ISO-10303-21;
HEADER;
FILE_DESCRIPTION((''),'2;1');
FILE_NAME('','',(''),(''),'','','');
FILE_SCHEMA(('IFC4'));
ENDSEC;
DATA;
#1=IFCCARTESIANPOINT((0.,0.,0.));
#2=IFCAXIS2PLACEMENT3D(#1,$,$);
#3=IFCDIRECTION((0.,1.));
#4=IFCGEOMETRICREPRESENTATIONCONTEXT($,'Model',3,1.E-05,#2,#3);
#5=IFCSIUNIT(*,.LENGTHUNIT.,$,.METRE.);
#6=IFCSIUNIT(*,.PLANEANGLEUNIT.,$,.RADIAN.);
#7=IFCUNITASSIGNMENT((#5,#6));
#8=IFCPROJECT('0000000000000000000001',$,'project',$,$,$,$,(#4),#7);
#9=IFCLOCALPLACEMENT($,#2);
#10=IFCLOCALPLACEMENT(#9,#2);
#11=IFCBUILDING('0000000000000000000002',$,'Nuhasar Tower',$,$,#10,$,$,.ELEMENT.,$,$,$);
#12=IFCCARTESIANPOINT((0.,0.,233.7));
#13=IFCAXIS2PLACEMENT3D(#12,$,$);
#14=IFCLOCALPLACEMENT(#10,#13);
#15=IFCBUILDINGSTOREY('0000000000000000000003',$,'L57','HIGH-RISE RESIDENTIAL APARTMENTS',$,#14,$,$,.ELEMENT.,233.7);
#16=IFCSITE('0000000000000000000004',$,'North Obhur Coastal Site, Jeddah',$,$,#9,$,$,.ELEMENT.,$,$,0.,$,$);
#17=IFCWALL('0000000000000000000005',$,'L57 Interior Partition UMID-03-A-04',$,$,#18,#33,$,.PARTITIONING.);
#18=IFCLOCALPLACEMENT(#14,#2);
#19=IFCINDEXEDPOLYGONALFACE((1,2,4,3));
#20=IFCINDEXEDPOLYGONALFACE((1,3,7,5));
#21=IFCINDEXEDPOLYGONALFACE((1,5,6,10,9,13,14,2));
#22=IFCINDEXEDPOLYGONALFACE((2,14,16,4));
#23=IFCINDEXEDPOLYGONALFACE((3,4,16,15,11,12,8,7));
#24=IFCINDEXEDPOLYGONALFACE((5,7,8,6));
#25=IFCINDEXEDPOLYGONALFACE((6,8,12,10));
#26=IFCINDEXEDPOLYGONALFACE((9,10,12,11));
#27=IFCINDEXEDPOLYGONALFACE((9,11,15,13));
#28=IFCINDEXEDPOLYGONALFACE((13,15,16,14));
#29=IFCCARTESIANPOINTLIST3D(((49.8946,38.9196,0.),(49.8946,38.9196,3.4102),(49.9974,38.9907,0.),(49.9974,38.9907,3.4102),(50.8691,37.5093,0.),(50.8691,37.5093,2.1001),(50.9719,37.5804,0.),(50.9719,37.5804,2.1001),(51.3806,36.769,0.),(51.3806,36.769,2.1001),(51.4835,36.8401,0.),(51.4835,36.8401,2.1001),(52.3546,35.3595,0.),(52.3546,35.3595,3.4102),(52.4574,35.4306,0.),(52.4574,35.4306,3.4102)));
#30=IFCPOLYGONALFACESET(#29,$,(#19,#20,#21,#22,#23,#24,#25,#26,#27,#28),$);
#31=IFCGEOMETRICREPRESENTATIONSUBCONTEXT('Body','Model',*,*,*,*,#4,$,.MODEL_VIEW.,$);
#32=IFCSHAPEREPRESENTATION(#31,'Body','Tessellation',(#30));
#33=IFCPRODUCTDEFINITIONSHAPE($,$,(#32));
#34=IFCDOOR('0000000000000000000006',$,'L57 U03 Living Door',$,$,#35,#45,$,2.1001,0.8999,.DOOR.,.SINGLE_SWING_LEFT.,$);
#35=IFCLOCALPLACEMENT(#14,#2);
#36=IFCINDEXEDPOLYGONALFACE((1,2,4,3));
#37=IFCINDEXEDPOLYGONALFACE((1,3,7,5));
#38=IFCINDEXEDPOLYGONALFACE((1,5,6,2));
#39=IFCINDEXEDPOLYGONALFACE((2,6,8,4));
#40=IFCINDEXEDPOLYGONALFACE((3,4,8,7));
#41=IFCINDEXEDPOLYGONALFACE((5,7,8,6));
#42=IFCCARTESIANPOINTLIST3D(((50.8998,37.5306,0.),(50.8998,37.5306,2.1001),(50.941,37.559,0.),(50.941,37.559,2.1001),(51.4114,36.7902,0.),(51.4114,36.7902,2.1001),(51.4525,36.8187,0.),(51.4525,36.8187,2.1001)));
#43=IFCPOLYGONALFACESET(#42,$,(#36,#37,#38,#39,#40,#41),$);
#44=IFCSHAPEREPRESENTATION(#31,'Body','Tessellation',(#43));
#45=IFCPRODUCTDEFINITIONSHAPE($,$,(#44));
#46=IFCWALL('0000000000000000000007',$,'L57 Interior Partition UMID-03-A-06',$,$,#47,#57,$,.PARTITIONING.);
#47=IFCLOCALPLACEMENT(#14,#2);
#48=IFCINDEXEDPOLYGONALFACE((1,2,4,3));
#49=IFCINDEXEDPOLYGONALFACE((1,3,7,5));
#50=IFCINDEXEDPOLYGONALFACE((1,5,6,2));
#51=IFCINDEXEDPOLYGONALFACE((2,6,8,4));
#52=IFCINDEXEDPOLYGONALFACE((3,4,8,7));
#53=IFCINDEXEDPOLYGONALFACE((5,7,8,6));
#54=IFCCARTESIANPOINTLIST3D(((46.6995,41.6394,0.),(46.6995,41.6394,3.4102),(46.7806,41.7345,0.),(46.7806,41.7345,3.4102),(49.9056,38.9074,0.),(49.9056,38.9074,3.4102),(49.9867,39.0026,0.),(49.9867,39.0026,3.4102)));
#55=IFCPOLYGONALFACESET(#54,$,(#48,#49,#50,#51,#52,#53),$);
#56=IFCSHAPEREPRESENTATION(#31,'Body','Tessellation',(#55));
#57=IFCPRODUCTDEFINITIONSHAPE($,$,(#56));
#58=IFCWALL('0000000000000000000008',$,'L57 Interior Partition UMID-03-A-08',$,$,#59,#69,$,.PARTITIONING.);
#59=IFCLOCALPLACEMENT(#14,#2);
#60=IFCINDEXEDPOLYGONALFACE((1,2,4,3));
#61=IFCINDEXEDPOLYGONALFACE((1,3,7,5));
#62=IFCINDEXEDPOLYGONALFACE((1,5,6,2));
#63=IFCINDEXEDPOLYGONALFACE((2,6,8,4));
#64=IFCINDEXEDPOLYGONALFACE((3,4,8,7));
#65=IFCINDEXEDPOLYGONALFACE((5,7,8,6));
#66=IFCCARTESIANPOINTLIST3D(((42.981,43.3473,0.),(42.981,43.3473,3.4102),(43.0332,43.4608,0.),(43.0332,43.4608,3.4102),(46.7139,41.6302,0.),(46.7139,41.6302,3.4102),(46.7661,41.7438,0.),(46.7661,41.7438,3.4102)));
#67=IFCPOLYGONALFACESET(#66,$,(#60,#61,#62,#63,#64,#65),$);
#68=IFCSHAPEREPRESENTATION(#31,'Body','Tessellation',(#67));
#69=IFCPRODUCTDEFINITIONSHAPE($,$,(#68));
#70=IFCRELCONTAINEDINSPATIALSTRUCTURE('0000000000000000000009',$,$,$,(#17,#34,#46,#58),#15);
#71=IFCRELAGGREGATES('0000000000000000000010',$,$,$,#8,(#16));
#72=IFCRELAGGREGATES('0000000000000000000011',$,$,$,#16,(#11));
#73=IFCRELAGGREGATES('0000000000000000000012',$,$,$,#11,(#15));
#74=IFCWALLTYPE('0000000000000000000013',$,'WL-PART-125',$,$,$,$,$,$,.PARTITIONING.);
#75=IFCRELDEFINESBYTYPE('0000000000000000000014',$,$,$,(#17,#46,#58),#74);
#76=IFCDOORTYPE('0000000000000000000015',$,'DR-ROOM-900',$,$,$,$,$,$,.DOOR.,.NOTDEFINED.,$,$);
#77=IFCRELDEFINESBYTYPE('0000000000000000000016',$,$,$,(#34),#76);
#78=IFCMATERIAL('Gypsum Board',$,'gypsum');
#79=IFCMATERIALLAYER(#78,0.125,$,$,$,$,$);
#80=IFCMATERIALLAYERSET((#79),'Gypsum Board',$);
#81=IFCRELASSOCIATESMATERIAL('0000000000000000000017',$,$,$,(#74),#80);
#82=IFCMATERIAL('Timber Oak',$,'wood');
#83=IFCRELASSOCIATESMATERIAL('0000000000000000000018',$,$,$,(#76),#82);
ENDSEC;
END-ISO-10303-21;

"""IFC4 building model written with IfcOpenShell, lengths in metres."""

from ifc_helpers import new_model, si_unit, direction, frame, frame_2d, origin, place, context, subcontext, project, spatial, rectangle, extrude, material, layer, layer_set, type_object, element, fill, save


model = new_model("IFC4")

# Units and contexts
model_context = context("Model", 3, precision=1e-05, world=origin(), true_north=direction((0.0, 1.0)))
body_context = subcontext(model_context, "Body", "Model", "MODEL_VIEW")
ifc_project = project(units=[si_unit("LENGTHUNIT", "METRE"), si_unit("PLANEANGLEUNIT", "RADIAN")], contexts=[model_context])

# Site, building, storey
site_placement = place(None, origin())
site = spatial("IfcSite", under=ifc_project, at=site_placement, Name="North Obhur Coastal Site, Jeddah", CompositionType="ELEMENT", RefElevation=0.0)
building_placement = place(site_placement, origin())
building = spatial("IfcBuilding", under=site, at=building_placement, Name="Nuhasar Tower", CompositionType="ELEMENT")
storey_placement = place(building_placement, frame((0.0, 0.0, 233.7)))
storey = spatial("IfcBuildingStorey", under=building, at=storey_placement, Name="L57", Description="HIGH-RISE RESIDENTIAL APARTMENTS", CompositionType="ELEMENT", Elevation=233.7)

# Shared definitions
ifc_material_1 = material(Name="Gypsum Board", Category="gypsum")
ifc_material_2 = material(Name="Timber Oak", Category="wood")

# Wall, opening, door
ifc_layer_1 = layer(ifc_material_1, 0.125)
ifc_layer_set_1 = layer_set([ifc_layer_1], Name="Gypsum Board")
wall_type_1 = type_object("IfcWallType", Name="WL-PART-125", PredefinedType="PARTITIONING", material=ifc_layer_set_1)
wall_1_placement = place(storey_placement, frame((49.946, 38.9551, 0.0), z_axis=(0.0, 0.0, 1.0), x_axis=(0.568476, -0.8227, 0.0)))
wall_1 = element("IfcWall", 1, at=wall_1_placement, inside=storey, type_object=wall_type_1, Name="L57 Interior Partition UMID-03-A-04", PredefinedType="PARTITIONING", context=body_context, shape_type="SweptSolid", body=[
    extrude(rectangle(XDim=4.3274, YDim=0.125, at=frame_2d((2.1636, 0.0))), origin(), (0.0, 0.0, 1.0), 3.4102),
])
opening_1_placement = place(wall_1_placement, frame((1.7141, 0.0, 0.0)))
opening_1 = element("IfcOpeningElement", 2, at=opening_1_placement, cuts=wall_1, PredefinedType="OPENING", context=body_context, shape_type="SweptSolid", body=[
    extrude(rectangle(XDim=0.8999, YDim=2.1001, at=frame_2d((0.45, 1.05))), frame((0.0, 0.0725, 0.0), z_axis=(0.0, -1.0, 0.0), x_axis=(1.0, 0.0, 0.0)), (0.0, 0.0, 1.0), 0.145),
])
door_type_1 = type_object("IfcDoorType", Name="DR-ROOM-900", OperationType="NOTDEFINED", PredefinedType="DOOR", material=ifc_material_2)
door_1_placement = place(opening_1_placement, origin())
door_1 = element("IfcDoor", 3, at=door_1_placement, inside=storey, type_object=door_type_1, Name="L57 U03 Living Door", OperationType="SINGLE_SWING_LEFT", OverallHeight=2.1001, OverallWidth=0.8999, PredefinedType="DOOR", context=body_context, shape_type="SweptSolid", body=[
    extrude(rectangle(XDim=0.8999, YDim=2.1001, at=frame_2d((0.45, 1.05))), frame((0.0, 0.0249, 0.0), z_axis=(0.0, -1.0, 0.0), x_axis=(1.0, 0.0, 0.0)), (0.0, 0.0, 1.0), 0.05),
])
fill(opening_1, door_1)

# Walls
wall_2_placement = place(storey_placement, frame((49.946, 38.9551, 0.0), z_axis=(0.0, 0.0, 1.0), x_axis=(-0.761144, 0.648583, 0.0)))
element("IfcWall", 4, at=wall_2_placement, inside=storey, type_object=wall_type_1, Name="L57 Interior Partition UMID-03-A-06", PredefinedType="PARTITIONING", context=body_context, shape_type="SweptSolid", body=[
    extrude(rectangle(XDim=4.2122, YDim=0.125, at=frame_2d((2.106, 0.0))), origin(), (0.0, 0.0, 1.0), 3.4102),
])
wall_3_placement = place(storey_placement, frame((46.74, 41.687, 0.0), z_axis=(0.0, 0.0, 1.0), x_axis=(-0.908499, 0.417886, 0.0)))
element("IfcWall", 5, at=wall_3_placement, inside=storey, type_object=wall_type_1, Name="L57 Interior Partition UMID-03-A-08", PredefinedType="PARTITIONING", context=body_context, shape_type="SweptSolid", body=[
    extrude(rectangle(XDim=4.1089, YDim=0.125, at=frame_2d((2.0544, 0.0))), origin(), (0.0, 0.0, 1.0), 3.4102),
])

save(model, "model.ifc")
